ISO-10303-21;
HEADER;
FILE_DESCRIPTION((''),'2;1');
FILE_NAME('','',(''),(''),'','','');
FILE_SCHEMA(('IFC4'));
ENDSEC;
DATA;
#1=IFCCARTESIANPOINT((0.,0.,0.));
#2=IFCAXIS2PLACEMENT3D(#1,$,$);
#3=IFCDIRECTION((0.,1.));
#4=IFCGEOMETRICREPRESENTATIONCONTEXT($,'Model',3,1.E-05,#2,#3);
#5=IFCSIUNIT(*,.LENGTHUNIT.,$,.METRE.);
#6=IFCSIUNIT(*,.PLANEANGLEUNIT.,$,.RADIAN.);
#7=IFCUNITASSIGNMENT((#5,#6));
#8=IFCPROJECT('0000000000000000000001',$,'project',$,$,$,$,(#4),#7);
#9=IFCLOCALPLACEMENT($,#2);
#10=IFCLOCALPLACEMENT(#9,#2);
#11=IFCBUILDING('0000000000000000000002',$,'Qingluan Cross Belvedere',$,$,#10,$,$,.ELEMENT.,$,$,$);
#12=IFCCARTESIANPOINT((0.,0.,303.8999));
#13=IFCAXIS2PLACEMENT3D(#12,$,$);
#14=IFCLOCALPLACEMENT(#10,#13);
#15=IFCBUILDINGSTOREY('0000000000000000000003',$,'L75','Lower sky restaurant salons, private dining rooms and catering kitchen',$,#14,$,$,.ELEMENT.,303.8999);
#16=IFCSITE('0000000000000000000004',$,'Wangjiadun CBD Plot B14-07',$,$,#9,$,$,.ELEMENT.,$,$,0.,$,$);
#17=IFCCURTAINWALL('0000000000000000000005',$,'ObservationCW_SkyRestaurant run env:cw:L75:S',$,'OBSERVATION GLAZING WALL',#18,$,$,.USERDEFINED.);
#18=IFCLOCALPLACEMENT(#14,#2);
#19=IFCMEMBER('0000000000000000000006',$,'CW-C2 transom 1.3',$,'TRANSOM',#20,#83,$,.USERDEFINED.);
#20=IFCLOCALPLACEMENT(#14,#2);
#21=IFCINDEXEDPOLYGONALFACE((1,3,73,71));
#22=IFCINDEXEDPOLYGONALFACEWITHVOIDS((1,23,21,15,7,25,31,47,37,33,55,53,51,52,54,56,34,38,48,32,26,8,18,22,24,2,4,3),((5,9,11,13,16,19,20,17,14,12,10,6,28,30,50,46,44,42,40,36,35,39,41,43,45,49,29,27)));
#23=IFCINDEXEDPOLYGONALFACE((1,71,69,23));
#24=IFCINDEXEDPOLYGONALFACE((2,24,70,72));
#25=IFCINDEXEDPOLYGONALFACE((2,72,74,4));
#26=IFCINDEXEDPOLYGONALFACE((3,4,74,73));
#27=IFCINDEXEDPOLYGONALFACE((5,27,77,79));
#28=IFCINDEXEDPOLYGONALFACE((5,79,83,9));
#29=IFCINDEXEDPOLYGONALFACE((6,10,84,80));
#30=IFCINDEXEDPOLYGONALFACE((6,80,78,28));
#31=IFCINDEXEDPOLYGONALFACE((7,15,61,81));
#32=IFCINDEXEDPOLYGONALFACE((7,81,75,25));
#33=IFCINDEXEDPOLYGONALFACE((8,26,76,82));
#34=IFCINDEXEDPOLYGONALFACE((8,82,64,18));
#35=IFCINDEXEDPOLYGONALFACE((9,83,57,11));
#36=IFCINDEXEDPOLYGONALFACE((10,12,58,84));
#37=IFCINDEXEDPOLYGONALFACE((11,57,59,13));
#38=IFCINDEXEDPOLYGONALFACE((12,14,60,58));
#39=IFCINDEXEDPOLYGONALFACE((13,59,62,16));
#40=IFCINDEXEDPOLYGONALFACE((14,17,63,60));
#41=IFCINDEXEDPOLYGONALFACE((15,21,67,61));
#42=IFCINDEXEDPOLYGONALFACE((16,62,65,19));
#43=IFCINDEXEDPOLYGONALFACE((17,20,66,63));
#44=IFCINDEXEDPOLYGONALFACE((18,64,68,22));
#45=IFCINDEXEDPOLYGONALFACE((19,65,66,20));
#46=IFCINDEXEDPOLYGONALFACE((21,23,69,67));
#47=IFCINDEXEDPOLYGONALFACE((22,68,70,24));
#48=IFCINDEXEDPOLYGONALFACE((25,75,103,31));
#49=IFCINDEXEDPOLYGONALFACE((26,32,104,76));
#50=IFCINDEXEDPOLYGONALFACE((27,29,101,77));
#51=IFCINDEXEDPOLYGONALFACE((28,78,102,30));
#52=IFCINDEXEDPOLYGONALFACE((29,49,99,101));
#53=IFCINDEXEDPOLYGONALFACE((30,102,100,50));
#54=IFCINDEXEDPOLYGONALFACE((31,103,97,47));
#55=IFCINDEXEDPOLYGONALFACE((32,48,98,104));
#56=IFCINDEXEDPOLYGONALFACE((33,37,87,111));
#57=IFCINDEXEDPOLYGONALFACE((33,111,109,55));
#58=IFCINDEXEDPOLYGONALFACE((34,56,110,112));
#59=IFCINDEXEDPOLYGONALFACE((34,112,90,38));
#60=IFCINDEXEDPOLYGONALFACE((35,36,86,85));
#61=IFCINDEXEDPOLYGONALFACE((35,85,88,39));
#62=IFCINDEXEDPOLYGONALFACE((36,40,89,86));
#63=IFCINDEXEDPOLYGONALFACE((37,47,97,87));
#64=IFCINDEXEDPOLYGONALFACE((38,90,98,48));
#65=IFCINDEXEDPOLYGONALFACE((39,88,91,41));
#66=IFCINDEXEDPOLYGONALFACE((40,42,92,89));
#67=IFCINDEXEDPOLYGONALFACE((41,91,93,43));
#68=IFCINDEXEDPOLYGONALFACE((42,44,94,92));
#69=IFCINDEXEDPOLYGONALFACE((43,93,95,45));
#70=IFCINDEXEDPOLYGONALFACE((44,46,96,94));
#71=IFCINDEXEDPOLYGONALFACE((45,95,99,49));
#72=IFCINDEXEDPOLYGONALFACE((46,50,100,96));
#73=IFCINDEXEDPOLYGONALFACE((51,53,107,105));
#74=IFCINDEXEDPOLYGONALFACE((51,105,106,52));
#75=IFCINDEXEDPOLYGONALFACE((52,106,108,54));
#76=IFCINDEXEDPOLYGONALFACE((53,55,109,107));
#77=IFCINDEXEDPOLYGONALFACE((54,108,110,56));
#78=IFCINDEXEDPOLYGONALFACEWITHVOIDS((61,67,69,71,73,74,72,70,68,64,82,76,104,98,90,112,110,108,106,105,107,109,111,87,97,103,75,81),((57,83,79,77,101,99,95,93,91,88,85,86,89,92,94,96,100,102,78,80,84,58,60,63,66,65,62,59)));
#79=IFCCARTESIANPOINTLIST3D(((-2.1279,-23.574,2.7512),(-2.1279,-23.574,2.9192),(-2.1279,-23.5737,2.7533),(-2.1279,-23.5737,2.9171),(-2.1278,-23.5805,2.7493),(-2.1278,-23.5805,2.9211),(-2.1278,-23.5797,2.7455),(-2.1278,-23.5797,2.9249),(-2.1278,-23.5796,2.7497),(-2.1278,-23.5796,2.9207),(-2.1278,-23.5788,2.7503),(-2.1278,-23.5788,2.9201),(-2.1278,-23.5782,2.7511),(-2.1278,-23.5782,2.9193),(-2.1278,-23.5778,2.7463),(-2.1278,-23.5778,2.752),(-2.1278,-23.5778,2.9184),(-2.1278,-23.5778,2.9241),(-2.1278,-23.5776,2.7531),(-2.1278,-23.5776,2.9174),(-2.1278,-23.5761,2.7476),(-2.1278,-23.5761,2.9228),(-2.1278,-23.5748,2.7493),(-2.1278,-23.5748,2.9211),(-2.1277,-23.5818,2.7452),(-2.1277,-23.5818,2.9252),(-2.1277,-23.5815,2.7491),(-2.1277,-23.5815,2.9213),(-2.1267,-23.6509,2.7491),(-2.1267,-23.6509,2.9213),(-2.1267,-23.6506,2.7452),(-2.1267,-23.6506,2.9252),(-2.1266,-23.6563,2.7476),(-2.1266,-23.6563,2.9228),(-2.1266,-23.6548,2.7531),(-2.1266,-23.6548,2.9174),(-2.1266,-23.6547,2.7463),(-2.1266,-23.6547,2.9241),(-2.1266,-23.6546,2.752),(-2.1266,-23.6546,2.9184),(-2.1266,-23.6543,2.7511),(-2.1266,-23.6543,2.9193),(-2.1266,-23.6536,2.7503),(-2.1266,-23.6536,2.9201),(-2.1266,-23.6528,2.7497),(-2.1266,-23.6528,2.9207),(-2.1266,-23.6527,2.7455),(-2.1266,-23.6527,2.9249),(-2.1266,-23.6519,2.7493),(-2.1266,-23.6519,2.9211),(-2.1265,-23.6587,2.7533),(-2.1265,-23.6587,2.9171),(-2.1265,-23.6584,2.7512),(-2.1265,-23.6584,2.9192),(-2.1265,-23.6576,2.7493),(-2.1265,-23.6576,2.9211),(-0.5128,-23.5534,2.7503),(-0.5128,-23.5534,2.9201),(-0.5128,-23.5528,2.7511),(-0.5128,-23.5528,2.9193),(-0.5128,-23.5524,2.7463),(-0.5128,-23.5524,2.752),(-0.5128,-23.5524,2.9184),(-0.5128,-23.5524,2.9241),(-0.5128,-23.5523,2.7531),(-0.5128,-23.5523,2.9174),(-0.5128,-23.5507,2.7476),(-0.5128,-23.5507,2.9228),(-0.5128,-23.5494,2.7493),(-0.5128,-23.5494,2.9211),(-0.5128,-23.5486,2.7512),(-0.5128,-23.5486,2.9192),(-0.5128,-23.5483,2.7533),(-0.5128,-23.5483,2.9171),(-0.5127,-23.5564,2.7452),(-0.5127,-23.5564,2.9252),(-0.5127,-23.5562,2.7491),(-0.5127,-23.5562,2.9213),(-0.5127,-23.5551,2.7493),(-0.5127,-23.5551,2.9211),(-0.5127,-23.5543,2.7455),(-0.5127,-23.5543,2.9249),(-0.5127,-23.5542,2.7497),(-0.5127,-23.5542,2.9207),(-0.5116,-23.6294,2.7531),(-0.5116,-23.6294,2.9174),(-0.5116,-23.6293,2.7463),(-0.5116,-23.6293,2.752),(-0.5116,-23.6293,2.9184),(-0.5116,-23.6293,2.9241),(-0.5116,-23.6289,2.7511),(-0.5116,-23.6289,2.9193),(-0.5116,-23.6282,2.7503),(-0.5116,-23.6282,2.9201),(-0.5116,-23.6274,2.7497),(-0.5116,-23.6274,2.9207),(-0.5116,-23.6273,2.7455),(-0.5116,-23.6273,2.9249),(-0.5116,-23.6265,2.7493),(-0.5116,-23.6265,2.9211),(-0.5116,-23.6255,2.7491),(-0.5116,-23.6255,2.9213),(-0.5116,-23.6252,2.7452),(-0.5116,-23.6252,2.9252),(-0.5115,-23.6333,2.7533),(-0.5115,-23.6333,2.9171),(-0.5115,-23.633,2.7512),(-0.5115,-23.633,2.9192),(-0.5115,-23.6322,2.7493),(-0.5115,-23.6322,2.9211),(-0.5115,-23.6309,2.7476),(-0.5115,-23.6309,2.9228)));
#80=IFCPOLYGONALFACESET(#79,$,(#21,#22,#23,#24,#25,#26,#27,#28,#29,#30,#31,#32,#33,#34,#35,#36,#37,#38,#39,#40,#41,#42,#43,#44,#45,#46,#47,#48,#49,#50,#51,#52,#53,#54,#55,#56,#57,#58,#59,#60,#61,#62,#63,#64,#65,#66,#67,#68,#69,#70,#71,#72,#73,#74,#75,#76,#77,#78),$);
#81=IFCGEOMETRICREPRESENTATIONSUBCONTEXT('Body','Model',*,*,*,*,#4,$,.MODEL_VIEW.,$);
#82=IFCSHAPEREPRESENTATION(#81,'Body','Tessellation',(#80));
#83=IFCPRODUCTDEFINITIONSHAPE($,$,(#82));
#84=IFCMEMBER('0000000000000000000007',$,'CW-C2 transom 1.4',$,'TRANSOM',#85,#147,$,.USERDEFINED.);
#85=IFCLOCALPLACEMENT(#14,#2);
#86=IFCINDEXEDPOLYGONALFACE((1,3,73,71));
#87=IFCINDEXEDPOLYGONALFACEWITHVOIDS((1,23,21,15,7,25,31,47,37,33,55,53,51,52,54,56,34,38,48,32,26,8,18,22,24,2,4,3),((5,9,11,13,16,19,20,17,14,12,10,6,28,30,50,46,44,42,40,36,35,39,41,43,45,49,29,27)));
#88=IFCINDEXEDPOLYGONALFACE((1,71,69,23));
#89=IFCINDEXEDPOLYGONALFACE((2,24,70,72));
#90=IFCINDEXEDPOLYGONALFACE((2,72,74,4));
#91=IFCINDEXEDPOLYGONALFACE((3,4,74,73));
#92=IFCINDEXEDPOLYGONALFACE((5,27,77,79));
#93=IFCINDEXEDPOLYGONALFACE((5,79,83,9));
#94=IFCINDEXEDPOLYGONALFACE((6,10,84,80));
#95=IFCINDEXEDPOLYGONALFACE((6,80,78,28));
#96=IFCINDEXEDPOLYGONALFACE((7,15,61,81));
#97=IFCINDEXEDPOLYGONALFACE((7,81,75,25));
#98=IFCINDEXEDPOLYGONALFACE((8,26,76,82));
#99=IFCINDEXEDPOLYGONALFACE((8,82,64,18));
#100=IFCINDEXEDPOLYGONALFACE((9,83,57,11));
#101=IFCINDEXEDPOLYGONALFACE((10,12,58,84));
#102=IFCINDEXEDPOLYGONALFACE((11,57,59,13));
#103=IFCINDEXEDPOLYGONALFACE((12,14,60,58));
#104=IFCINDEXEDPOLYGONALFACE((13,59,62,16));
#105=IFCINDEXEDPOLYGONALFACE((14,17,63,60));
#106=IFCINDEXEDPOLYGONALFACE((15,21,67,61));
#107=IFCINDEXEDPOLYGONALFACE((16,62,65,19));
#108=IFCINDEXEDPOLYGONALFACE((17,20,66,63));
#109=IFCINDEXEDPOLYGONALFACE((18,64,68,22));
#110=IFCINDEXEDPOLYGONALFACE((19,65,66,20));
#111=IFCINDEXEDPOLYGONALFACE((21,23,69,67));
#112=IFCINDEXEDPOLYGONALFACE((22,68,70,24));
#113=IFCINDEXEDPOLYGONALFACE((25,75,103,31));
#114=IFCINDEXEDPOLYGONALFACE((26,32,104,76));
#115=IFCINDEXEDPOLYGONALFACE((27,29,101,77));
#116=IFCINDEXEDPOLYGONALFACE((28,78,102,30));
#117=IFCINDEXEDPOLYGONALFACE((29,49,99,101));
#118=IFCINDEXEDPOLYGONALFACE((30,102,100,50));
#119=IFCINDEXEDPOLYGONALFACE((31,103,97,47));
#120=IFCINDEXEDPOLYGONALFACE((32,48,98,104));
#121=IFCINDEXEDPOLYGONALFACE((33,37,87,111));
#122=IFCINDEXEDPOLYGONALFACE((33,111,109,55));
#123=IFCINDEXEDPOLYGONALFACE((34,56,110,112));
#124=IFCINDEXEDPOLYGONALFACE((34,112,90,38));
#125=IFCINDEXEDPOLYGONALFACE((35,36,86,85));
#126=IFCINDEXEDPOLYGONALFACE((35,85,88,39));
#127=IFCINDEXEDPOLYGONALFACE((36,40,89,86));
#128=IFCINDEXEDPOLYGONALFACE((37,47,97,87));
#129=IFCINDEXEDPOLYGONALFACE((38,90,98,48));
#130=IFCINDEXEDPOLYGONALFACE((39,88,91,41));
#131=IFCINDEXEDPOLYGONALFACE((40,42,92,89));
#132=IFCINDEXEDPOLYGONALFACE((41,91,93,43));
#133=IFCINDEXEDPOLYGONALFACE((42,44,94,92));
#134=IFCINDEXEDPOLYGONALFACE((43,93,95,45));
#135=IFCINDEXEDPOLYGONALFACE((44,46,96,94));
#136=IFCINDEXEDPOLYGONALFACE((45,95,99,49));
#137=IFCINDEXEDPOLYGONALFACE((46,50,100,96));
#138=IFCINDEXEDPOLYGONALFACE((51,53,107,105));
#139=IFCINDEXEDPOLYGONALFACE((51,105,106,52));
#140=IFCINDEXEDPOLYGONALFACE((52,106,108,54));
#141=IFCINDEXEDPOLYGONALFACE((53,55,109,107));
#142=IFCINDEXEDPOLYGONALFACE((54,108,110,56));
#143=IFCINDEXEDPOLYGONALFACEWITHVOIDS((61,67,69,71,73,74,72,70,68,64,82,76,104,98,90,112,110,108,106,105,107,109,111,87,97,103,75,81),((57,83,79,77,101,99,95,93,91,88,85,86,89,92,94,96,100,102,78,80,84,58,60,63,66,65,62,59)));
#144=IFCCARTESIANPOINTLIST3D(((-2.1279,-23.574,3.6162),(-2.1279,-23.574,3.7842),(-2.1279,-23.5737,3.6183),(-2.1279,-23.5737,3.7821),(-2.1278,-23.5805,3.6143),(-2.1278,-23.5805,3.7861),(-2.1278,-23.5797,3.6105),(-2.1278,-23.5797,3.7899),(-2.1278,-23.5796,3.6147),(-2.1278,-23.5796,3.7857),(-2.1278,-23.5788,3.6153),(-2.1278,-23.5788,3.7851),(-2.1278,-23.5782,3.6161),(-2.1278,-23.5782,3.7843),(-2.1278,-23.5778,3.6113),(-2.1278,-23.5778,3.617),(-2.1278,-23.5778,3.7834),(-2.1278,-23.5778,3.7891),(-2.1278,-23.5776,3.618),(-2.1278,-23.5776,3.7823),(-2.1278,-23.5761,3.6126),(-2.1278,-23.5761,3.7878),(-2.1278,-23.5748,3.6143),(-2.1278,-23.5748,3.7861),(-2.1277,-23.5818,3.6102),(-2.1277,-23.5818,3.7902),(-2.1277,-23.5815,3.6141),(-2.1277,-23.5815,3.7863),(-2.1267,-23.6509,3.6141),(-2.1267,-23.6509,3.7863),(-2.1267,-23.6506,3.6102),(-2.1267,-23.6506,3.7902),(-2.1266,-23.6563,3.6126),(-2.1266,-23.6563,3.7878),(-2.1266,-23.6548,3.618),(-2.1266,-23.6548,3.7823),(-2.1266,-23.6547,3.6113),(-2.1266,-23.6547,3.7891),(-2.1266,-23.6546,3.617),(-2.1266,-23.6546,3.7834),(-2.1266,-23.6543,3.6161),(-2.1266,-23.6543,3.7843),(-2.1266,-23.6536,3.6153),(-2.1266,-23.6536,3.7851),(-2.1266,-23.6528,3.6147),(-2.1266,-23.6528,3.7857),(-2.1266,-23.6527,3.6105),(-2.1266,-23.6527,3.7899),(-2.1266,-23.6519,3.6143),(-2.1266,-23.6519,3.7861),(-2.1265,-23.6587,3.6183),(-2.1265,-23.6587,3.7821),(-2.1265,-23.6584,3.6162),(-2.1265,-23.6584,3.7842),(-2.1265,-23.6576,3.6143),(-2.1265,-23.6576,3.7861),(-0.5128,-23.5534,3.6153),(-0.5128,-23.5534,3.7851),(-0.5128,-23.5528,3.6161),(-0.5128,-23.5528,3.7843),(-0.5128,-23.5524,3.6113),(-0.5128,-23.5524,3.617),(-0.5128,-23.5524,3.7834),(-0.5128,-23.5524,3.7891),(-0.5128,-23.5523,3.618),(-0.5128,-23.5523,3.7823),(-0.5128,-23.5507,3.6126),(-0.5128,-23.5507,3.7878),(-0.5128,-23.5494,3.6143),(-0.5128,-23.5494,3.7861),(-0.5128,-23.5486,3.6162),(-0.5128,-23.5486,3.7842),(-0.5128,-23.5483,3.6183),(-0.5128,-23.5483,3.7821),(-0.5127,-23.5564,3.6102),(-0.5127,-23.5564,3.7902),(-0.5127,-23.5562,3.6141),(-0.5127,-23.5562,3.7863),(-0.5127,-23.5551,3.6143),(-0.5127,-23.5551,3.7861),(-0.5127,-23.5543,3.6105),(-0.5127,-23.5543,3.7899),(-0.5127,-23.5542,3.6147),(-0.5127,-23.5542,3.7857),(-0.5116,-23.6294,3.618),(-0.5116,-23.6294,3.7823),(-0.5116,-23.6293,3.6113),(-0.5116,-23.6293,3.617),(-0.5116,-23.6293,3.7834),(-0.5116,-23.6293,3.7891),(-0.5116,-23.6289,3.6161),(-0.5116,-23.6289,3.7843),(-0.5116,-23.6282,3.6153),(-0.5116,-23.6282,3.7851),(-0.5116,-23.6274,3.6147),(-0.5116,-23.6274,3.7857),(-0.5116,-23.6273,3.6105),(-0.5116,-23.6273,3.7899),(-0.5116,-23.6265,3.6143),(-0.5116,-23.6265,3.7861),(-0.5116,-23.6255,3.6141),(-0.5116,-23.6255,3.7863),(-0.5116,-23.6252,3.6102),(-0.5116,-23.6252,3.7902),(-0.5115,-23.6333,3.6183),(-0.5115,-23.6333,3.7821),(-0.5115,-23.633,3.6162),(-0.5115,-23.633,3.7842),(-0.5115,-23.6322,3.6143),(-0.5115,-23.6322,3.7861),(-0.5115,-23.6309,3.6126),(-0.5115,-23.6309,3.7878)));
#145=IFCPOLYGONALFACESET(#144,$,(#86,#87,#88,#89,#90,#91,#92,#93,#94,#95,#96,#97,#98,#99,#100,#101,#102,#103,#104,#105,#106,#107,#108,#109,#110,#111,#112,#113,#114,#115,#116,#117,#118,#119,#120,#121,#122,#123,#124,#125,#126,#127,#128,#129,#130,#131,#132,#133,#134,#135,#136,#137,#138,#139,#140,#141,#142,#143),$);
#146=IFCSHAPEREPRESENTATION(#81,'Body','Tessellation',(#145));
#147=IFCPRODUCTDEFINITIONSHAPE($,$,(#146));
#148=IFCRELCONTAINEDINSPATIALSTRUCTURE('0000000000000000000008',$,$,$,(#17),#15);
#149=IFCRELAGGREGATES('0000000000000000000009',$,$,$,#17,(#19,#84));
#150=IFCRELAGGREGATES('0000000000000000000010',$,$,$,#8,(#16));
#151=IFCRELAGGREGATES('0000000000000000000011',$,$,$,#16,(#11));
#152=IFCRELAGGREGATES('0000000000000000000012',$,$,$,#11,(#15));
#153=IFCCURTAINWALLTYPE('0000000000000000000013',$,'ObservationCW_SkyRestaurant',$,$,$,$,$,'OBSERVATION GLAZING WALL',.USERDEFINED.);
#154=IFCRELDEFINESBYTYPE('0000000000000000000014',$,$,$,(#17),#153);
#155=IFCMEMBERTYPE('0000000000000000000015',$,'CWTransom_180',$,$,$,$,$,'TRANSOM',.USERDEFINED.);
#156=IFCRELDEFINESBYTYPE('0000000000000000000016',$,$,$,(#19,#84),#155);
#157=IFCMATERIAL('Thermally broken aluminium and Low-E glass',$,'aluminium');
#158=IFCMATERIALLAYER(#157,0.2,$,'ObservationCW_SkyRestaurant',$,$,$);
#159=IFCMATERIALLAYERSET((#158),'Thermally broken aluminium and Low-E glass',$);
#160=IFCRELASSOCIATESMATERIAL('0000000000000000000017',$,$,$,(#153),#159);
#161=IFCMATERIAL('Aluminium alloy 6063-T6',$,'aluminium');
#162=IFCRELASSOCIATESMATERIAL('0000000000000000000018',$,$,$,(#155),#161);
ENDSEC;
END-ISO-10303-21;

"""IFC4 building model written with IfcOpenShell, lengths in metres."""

from ifc_helpers import new_model, si_unit, direction, frame, origin, origin_2d, place, context, subcontext, project, spatial, hollow_rectangle, extrude, material, layer, layer_set, material_profile, profile_set, type_object, element, aggregate, save


model = new_model("IFC4")

# Units and contexts
model_context = context("Model", 3, precision=1e-05, world=origin(), true_north=direction((0.0, 1.0)))
body_context = subcontext(model_context, "Body", "Model", "MODEL_VIEW")
ifc_project = project(units=[si_unit("LENGTHUNIT", "METRE"), si_unit("PLANEANGLEUNIT", "RADIAN")], contexts=[model_context])

# Site, building, storey
site_placement = place(None, origin())
site = spatial("IfcSite", under=ifc_project, at=site_placement, Name="Wangjiadun CBD Plot B14-07", CompositionType="ELEMENT", RefElevation=0.0)
building_placement = place(site_placement, origin())
building = spatial("IfcBuilding", under=site, at=building_placement, Name="Qingluan Cross Belvedere", CompositionType="ELEMENT")
storey_placement = place(building_placement, frame((0.0, 0.0, 303.8999)))
storey = spatial("IfcBuildingStorey", under=building, at=storey_placement, Name="L75", Description="Lower sky restaurant salons, private dining rooms and catering kitchen", CompositionType="ELEMENT", Elevation=303.8999)

# Curtain wall, members
ifc_material_1 = material(Name="Thermally broken aluminium and Low-E glass", Category="aluminium")
ifc_layer_1 = layer(ifc_material_1, 0.2, Name="ObservationCW_SkyRestaurant")
ifc_layer_set_1 = layer_set([ifc_layer_1], Name="Thermally broken aluminium and Low-E glass")
curtain_wall_type = type_object("IfcCurtainWallType", Name="ObservationCW_SkyRestaurant", ElementType="OBSERVATION GLAZING WALL", PredefinedType="USERDEFINED", material=ifc_layer_set_1)
curtain_wall_placement = place(storey_placement, origin())
curtain_wall = element("IfcCurtainWall", 1, at=curtain_wall_placement, inside=storey, type_object=curtain_wall_type, Name="ObservationCW_SkyRestaurant run env:cw:L75:S", ObjectType="OBSERVATION GLAZING WALL", PredefinedType="USERDEFINED")
ifc_material_2 = material(Name="Aluminium alloy 6063-T6", Category="aluminium")
ifc_material_profile_1 = material_profile(ifc_material_2, hollow_rectangle(XDim=0.085, YDim=0.1799, WallThickness=0.0039, InnerFilletRadius=0.0039, OuterFilletRadius=0.0081, at=origin_2d()), Name="CWT180x85x4")
ifc_profile_set_1 = profile_set([ifc_material_profile_1], Name="Aluminium alloy 6063-T6")
member_type_1 = type_object("IfcMemberType", Name="CWTransom_180", ElementType="TRANSOM", PredefinedType="USERDEFINED", material=ifc_profile_set_1)
member_1_placement = place(storey_placement, frame((-2.1272, -23.6162, 2.8352), z_axis=(0.999876, 0.01572, 0.0), x_axis=(-0.01572, 0.999876, 0.0)))
member_1 = element("IfcMember", 2, at=member_1_placement, type_object=member_type_1, Name="CW-C2 transom 1.3", ObjectType="TRANSOM", PredefinedType="USERDEFINED", context=body_context, shape_type="SweptSolid", body=[
    extrude(hollow_rectangle(XDim=0.085, YDim=0.1799, WallThickness=0.0039, InnerFilletRadius=0.0039, OuterFilletRadius=0.0081, at=origin_2d()), origin(), (0.0, 0.0, 1.0), 1.6152),
])
member_2_placement = place(storey_placement, frame((-2.1272, -23.6162, 3.7002), z_axis=(0.999876, 0.01572, 0.0), x_axis=(-0.01572, 0.999876, 0.0)))
member_2 = element("IfcMember", 3, at=member_2_placement, type_object=member_type_1, Name="CW-C2 transom 1.4", ObjectType="TRANSOM", PredefinedType="USERDEFINED", context=body_context, shape_type="SweptSolid", body=[
    extrude(hollow_rectangle(XDim=0.085, YDim=0.1799, WallThickness=0.0039, InnerFilletRadius=0.0039, OuterFilletRadius=0.0081, at=origin_2d()), origin(), (0.0, 0.0, 1.0), 1.6152),
])
aggregate(curtain_wall, [member_1, member_2])

save(model, "model.ifc")
